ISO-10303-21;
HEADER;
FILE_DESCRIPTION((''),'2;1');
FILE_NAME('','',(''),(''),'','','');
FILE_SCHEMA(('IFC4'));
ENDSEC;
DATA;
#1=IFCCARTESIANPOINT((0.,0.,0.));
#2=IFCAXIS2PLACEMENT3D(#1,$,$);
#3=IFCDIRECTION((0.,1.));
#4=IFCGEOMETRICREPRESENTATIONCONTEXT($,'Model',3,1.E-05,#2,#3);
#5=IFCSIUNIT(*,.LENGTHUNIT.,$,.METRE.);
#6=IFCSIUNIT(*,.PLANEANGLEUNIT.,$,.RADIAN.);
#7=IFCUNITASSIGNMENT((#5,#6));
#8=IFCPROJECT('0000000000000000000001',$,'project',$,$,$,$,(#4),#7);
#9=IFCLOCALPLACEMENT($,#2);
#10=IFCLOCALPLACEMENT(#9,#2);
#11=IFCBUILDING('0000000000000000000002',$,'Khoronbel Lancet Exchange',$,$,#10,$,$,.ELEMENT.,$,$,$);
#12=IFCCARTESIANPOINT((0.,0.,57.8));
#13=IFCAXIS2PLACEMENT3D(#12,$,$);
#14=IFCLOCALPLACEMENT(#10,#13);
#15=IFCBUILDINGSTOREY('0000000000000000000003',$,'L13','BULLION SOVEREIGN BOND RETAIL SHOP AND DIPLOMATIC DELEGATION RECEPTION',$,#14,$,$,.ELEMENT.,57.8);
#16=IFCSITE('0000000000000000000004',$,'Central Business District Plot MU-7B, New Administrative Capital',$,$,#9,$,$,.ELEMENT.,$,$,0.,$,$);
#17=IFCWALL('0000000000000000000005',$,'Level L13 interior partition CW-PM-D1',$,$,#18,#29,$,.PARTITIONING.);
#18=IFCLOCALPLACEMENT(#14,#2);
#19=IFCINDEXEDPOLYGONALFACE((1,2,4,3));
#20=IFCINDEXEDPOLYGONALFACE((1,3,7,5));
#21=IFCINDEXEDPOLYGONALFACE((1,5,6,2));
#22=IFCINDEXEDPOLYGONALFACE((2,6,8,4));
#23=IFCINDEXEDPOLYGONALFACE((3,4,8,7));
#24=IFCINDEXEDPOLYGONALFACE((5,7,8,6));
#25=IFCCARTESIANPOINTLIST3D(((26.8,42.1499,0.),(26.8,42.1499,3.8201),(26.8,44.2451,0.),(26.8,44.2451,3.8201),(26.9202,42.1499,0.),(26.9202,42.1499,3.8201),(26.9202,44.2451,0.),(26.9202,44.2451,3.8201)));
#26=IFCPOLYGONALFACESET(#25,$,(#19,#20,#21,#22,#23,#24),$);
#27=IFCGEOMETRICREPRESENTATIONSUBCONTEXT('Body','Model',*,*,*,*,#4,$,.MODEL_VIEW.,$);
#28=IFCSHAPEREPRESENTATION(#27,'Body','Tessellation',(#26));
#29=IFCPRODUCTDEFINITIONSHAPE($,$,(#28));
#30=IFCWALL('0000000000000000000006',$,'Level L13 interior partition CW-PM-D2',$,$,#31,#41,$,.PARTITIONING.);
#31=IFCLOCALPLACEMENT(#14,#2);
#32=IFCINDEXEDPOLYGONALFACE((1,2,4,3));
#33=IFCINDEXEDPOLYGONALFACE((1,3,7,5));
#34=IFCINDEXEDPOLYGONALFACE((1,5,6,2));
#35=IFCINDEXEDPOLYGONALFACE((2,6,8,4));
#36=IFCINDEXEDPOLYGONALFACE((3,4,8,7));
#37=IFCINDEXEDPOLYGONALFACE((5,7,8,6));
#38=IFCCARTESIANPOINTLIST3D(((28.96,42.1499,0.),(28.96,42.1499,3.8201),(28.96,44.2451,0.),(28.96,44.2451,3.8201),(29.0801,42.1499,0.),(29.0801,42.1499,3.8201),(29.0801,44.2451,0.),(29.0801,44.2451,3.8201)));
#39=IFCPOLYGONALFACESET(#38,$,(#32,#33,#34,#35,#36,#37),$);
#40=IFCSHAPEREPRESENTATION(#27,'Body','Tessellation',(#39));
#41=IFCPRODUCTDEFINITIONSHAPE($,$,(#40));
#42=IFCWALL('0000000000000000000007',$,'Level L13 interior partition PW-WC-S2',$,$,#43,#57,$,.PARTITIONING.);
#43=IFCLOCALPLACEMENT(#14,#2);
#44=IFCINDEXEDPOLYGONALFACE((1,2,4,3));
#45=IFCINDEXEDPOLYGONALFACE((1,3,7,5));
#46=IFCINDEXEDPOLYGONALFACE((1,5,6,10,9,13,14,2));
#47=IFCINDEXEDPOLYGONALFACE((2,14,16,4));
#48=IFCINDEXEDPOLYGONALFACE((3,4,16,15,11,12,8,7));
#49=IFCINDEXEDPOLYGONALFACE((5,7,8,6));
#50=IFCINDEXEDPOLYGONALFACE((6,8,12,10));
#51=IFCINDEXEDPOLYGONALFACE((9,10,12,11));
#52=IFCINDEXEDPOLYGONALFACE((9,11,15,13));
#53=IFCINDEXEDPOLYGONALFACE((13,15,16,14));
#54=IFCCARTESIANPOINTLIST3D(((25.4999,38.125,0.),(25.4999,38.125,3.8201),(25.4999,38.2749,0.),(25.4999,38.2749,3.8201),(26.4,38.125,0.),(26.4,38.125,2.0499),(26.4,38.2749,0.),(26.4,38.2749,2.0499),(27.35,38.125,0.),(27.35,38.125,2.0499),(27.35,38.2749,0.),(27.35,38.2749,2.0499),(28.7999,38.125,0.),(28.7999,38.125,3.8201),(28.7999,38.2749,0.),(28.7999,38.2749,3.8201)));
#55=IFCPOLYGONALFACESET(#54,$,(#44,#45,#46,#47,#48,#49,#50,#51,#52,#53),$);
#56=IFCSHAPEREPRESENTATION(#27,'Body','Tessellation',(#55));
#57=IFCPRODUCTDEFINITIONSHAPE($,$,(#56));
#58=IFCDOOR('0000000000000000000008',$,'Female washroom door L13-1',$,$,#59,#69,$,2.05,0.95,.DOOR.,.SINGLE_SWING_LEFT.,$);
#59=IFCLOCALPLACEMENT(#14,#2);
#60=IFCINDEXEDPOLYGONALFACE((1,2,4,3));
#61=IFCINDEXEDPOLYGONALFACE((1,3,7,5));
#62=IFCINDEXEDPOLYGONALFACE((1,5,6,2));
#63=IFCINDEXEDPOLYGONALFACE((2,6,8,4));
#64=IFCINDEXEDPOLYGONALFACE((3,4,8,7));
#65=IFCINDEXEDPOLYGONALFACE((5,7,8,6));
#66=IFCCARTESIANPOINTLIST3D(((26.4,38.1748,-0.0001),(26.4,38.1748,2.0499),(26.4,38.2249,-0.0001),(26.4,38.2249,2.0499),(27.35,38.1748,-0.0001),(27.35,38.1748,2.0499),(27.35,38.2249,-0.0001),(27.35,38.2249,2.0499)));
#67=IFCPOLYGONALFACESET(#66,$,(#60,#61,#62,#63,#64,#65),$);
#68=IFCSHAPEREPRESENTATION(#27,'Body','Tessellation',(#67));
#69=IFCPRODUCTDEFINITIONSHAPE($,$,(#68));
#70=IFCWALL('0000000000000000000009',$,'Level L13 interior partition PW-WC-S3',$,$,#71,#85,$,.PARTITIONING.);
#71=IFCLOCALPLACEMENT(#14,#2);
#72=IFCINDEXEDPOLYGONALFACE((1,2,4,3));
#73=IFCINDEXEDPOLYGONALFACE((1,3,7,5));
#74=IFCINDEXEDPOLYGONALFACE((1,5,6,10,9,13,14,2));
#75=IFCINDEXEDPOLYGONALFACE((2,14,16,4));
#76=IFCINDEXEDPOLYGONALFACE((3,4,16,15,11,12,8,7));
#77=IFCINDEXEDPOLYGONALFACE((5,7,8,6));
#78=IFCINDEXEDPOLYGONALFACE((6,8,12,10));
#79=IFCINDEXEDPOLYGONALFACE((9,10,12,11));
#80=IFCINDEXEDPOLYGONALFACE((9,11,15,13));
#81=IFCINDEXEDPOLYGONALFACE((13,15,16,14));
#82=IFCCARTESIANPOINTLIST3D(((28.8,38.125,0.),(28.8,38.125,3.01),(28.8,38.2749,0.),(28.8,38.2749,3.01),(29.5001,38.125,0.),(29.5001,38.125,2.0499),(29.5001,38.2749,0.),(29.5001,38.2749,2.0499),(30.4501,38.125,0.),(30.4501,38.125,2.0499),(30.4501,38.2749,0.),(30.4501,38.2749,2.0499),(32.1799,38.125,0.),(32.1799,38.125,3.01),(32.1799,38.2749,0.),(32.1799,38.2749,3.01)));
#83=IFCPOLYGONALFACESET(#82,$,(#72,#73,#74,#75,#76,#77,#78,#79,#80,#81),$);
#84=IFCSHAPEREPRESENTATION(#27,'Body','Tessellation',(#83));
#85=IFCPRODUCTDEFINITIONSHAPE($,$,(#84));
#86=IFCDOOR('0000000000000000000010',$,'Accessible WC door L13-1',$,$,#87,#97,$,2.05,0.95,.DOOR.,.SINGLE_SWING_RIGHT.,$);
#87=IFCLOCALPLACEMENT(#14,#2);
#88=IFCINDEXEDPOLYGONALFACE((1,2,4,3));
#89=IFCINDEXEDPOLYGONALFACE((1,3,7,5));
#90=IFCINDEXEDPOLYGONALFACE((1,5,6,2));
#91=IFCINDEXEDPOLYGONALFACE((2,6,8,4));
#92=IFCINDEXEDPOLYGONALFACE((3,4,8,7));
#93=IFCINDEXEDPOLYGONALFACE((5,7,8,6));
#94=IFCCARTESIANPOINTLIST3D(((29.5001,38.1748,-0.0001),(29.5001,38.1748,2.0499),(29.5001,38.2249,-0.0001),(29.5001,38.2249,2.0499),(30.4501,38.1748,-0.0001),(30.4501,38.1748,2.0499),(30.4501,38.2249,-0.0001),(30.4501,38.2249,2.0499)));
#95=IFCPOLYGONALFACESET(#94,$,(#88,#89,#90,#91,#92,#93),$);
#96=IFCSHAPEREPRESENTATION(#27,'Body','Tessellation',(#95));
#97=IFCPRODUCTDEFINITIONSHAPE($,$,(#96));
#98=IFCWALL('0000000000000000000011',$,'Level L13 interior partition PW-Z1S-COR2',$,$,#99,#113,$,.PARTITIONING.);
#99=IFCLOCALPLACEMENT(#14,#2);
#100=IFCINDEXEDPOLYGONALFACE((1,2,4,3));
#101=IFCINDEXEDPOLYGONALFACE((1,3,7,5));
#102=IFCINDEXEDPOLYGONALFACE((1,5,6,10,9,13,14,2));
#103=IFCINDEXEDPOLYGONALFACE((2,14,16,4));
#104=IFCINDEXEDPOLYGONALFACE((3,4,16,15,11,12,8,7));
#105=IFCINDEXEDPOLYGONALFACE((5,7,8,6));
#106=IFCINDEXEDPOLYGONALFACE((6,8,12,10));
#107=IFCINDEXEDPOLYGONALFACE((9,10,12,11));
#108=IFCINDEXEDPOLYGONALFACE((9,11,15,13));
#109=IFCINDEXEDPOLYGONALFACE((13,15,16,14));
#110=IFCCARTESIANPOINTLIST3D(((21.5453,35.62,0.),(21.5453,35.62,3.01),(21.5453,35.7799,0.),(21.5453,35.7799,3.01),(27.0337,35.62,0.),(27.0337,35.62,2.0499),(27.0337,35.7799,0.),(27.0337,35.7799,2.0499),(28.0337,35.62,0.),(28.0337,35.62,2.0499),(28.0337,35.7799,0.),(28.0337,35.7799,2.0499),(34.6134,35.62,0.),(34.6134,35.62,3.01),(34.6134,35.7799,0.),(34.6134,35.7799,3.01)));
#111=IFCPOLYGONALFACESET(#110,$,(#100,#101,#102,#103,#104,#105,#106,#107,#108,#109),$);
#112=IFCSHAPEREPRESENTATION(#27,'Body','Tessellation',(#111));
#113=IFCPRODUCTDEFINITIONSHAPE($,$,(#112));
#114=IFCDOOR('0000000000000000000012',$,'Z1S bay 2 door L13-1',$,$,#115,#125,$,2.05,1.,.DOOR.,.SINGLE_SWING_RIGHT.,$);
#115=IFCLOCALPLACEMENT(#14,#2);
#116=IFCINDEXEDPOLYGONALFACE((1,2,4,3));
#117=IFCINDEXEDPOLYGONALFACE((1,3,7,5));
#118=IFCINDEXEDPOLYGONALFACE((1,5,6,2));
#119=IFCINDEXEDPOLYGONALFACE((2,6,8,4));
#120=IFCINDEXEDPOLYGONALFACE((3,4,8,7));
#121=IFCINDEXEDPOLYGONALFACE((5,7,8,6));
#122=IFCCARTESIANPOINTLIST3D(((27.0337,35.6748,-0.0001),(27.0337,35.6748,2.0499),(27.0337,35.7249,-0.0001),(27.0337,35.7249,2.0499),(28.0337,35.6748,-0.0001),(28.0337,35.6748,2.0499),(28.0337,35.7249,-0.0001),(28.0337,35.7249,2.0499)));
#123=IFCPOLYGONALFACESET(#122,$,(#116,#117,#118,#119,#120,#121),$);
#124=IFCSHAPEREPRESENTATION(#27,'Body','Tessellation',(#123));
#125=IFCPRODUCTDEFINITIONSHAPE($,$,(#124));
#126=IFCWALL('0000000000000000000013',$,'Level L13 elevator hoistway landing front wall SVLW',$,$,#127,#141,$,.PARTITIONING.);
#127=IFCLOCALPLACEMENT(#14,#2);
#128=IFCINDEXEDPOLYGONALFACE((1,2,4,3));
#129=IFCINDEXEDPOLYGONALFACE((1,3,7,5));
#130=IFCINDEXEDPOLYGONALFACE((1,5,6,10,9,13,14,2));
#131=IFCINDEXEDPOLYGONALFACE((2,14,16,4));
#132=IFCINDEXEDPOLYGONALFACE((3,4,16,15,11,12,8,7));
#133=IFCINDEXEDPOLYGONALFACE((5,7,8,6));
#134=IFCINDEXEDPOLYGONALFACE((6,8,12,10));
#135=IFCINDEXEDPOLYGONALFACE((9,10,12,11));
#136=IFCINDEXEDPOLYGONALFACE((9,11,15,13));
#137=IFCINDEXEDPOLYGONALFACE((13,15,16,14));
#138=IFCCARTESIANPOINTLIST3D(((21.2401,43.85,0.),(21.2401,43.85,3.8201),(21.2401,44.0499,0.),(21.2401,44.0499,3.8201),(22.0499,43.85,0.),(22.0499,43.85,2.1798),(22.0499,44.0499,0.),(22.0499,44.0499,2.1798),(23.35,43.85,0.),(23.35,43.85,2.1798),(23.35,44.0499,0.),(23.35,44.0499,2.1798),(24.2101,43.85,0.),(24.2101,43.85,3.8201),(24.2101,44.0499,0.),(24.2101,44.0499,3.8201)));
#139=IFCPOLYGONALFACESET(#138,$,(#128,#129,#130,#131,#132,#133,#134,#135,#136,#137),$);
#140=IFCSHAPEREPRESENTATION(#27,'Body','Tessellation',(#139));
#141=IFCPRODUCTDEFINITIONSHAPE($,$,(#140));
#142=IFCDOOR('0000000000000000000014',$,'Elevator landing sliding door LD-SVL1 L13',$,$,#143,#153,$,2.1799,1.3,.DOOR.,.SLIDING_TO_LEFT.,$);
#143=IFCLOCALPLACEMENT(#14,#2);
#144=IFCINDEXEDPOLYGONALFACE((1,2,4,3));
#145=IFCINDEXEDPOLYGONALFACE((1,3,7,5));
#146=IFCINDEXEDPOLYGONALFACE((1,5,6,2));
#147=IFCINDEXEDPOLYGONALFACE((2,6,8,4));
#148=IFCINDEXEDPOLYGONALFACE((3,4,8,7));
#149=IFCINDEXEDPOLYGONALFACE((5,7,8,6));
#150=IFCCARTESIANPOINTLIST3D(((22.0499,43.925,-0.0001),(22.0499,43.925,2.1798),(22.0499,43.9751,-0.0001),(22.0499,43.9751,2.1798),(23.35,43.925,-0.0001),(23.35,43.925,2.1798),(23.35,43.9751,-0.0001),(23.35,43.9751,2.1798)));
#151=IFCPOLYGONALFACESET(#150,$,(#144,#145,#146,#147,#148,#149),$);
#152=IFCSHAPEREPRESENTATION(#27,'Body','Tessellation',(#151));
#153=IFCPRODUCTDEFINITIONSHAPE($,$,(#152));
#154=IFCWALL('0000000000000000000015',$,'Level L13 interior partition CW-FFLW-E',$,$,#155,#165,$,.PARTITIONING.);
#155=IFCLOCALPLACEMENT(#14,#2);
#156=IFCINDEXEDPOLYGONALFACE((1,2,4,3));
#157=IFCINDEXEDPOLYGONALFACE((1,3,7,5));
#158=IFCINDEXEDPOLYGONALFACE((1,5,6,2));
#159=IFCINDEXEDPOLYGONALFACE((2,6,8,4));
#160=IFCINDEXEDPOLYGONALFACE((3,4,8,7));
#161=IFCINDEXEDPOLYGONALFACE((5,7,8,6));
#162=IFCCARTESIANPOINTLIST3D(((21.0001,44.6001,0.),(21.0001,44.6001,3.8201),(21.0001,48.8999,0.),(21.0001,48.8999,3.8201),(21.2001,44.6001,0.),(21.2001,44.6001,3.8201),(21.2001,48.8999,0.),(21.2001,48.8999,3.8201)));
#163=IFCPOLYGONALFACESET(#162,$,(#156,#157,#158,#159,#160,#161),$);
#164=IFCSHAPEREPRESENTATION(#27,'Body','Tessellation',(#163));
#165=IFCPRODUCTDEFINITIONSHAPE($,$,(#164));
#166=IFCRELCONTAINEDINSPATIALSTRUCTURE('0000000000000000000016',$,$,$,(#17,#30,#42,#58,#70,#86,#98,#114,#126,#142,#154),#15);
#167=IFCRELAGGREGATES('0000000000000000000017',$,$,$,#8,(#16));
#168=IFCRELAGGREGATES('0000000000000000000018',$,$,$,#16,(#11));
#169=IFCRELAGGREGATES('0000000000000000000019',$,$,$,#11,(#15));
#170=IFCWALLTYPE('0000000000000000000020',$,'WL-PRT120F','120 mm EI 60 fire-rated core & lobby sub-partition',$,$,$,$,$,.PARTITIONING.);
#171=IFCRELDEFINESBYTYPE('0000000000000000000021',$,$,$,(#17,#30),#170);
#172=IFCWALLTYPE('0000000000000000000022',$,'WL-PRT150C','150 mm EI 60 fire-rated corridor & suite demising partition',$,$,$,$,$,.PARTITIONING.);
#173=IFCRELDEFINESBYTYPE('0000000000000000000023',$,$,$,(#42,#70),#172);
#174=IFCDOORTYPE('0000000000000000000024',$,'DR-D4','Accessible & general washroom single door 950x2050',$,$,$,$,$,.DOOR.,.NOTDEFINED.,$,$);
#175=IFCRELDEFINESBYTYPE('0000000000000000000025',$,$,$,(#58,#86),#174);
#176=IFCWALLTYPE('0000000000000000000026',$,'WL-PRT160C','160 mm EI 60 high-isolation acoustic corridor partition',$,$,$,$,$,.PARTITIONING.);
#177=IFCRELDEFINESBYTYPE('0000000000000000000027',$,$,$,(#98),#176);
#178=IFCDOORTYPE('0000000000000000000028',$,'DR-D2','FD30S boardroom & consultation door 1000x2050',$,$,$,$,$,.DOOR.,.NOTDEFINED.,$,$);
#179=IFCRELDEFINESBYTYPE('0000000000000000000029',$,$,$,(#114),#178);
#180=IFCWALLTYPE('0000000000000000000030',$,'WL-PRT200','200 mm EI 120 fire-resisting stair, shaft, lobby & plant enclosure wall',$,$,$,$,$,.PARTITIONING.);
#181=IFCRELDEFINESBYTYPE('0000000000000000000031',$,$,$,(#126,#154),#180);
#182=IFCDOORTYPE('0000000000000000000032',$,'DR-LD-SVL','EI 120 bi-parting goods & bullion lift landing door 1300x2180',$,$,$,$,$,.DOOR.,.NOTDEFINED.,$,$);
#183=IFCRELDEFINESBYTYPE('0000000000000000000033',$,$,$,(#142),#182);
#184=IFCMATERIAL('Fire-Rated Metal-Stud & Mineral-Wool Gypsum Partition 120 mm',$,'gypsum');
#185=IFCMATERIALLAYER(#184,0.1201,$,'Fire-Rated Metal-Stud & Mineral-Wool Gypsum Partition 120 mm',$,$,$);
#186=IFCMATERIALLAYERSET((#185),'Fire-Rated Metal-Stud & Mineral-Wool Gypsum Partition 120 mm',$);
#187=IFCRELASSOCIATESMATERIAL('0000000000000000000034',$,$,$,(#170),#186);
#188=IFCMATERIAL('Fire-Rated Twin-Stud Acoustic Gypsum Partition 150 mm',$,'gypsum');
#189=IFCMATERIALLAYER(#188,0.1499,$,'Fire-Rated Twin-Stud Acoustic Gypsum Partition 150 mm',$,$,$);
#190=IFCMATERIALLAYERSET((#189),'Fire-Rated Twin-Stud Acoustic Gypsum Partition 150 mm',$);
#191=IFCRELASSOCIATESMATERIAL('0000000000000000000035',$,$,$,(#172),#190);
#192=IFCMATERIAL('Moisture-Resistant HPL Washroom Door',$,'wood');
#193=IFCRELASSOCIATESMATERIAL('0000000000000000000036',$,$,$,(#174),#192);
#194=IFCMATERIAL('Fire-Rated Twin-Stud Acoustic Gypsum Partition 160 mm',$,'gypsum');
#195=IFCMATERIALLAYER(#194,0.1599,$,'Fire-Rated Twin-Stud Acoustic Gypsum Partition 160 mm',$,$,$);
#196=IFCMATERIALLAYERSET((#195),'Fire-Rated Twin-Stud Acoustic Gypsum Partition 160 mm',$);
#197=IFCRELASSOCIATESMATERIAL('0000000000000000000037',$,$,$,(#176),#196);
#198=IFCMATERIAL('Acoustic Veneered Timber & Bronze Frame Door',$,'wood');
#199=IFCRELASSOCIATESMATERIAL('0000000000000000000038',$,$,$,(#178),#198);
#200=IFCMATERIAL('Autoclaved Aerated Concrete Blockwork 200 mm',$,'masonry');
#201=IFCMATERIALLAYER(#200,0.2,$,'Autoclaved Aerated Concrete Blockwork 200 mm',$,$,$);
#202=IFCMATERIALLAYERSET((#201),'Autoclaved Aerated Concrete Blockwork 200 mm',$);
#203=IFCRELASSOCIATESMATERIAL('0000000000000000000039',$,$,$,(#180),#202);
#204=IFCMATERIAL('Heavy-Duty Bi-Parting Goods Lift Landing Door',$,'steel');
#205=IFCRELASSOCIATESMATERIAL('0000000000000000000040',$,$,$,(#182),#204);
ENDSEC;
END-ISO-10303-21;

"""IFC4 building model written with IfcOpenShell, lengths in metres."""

from ifc_helpers import new_model, si_unit, direction, frame, frame_2d, origin, place, context, subcontext, project, spatial, rectangle, extrude, material, layer, layer_set, type_object, element, fill, save


model = new_model("IFC4")

# Units and contexts
model_context = context("Model", 3, precision=1e-05, world=origin(), true_north=direction((0.0, 1.0)))
body_context = subcontext(model_context, "Body", "Model", "MODEL_VIEW")
ifc_project = project(units=[si_unit("LENGTHUNIT", "METRE"), si_unit("PLANEANGLEUNIT", "RADIAN")], contexts=[model_context])

# Site, building, storey
site_placement = place(None, origin())
site = spatial("IfcSite", under=ifc_project, at=site_placement, Name="Central Business District Plot MU-7B, New Administrative Capital", CompositionType="ELEMENT", RefElevation=0.0)
building_placement = place(site_placement, origin())
building = spatial("IfcBuilding", under=site, at=building_placement, Name="Khoronbel Lancet Exchange", CompositionType="ELEMENT")
storey_placement = place(building_placement, frame((0.0, 0.0, 57.8)))
storey = spatial("IfcBuildingStorey", under=building, at=storey_placement, Name="L13", Description="BULLION SOVEREIGN BOND RETAIL SHOP AND DIPLOMATIC DELEGATION RECEPTION", CompositionType="ELEMENT", Elevation=57.8)

# Walls
ifc_material_1 = material(Name="Fire-Rated Metal-Stud & Mineral-Wool Gypsum Partition 120 mm", Category="gypsum")
ifc_layer_1 = layer(ifc_material_1, 0.1201, Name="Fire-Rated Metal-Stud & Mineral-Wool Gypsum Partition 120 mm")
ifc_layer_set_1 = layer_set([ifc_layer_1], Name="Fire-Rated Metal-Stud & Mineral-Wool Gypsum Partition 120 mm")
wall_type_1 = type_object("IfcWallType", Name="WL-PRT120F", Description="120 mm EI 60 fire-rated core & lobby sub-partition", PredefinedType="PARTITIONING", material=ifc_layer_set_1)
for number, where, z_axis, x_axis, name in (
    (1, (26.8601, 42.1499, 0.0), (0.0, 0.0, 1.0), (0.0, 1.0, 0.0), "Level L13 interior partition CW-PM-D1"),
    (2, (29.02, 42.1499, 0.0), (0.0, 0.0, 1.0), (0.0, 1.0, 0.0), "Level L13 interior partition CW-PM-D2"),
):
    element("IfcWall", number, at=place(storey_placement, frame(where, z_axis=z_axis, x_axis=x_axis)), inside=storey, type_object=wall_type_1, Name=name, PredefinedType="PARTITIONING", context=body_context, shape_type="SweptSolid", body=[
        extrude(rectangle(XDim=2.0952, YDim=0.1201, at=frame_2d((1.0476, 0.0))), origin(), (0.0, 0.0, 1.0), 3.8201),
    ])

# Walls, openings, doors
ifc_material_2 = material(Name="Fire-Rated Twin-Stud Acoustic Gypsum Partition 150 mm", Category="gypsum")
ifc_layer_2 = layer(ifc_material_2, 0.1499, Name="Fire-Rated Twin-Stud Acoustic Gypsum Partition 150 mm")
ifc_layer_set_2 = layer_set([ifc_layer_2], Name="Fire-Rated Twin-Stud Acoustic Gypsum Partition 150 mm")
wall_type_2 = type_object("IfcWallType", Name="WL-PRT150C", Description="150 mm EI 60 fire-rated corridor & suite demising partition", PredefinedType="PARTITIONING", material=ifc_layer_set_2)
wall_1_placement = place(storey_placement, frame((25.5, 38.2, 0.0), z_axis=(0.0, 0.0, 1.0), x_axis=(1.0, 0.0, 0.0)))
wall_1 = element("IfcWall", 3, at=wall_1_placement, inside=storey, type_object=wall_type_2, Name="Level L13 interior partition PW-WC-S2", PredefinedType="PARTITIONING", context=body_context, shape_type="SweptSolid", body=[
    extrude(rectangle(XDim=3.3, YDim=0.1499, at=frame_2d((1.6499, 0.0))), origin(), (0.0, 0.0, 1.0), 3.8201),
])
opening_1_placement = place(wall_1_placement, frame((0.8999, 0.0, 0.0)))
opening_1 = element("IfcOpeningElement", 4, at=opening_1_placement, cuts=wall_1, PredefinedType="OPENING", context=body_context, shape_type="SweptSolid", body=[
    extrude(rectangle(XDim=0.95, YDim=2.05, at=frame_2d((0.4751, 1.0249))), frame((0.0, 0.085, 0.0), z_axis=(0.0, -1.0, 0.0), x_axis=(1.0, 0.0, 0.0)), (0.0, 0.0, 1.0), 0.1699),
])
ifc_material_3 = material(Name="Moisture-Resistant HPL Washroom Door", Category="wood")
door_type_1 = type_object("IfcDoorType", Name="DR-D4", Description="Accessible & general washroom single door 950x2050", OperationType="NOTDEFINED", PredefinedType="DOOR", material=ifc_material_3)
door_1_placement = place(opening_1_placement, origin())
door_1 = element("IfcDoor", 5, at=door_1_placement, inside=storey, type_object=door_type_1, Name="Female washroom door L13-1", OperationType="SINGLE_SWING_LEFT", OverallHeight=2.05, OverallWidth=0.95, PredefinedType="DOOR", context=body_context, shape_type="SweptSolid", body=[
    extrude(rectangle(XDim=0.95, YDim=2.05, at=frame_2d((0.4751, 1.0249))), frame((0.0, 0.0249, 0.0), z_axis=(0.0, -1.0, 0.0), x_axis=(1.0, 0.0, 0.0)), (0.0, 0.0, 1.0), 0.05),
])
fill(opening_1, door_1)
wall_2_placement = place(storey_placement, frame((28.8, 38.2, 0.0), z_axis=(0.0, 0.0, 1.0), x_axis=(1.0, 0.0, 0.0)))
wall_2 = element("IfcWall", 6, at=wall_2_placement, inside=storey, type_object=wall_type_2, Name="Level L13 interior partition PW-WC-S3", PredefinedType="PARTITIONING", context=body_context, shape_type="SweptSolid", body=[
    extrude(rectangle(XDim=3.3799, YDim=0.1499, at=frame_2d((1.6899, 0.0))), origin(), (0.0, 0.0, 1.0), 3.01),
])
opening_2_placement = place(wall_2_placement, frame((0.7, 0.0, 0.0)))
opening_2 = element("IfcOpeningElement", 7, at=opening_2_placement, cuts=wall_2, PredefinedType="OPENING", context=body_context, shape_type="SweptSolid", body=[
    extrude(rectangle(XDim=0.95, YDim=2.05, at=frame_2d((0.4751, 1.0249))), frame((0.0, 0.085, 0.0), z_axis=(0.0, -1.0, 0.0), x_axis=(1.0, 0.0, 0.0)), (0.0, 0.0, 1.0), 0.1699),
])
door_2_placement = place(opening_2_placement, origin())
door_2 = element("IfcDoor", 8, at=door_2_placement, inside=storey, type_object=door_type_1, Name="Accessible WC door L13-1", OperationType="SINGLE_SWING_RIGHT", OverallHeight=2.05, OverallWidth=0.95, PredefinedType="DOOR", context=body_context, shape_type="SweptSolid", body=[
    extrude(rectangle(XDim=0.95, YDim=2.05, at=frame_2d((0.4751, 1.0249))), frame((0.0, 0.0249, 0.0), z_axis=(0.0, -1.0, 0.0), x_axis=(1.0, 0.0, 0.0)), (0.0, 0.0, 1.0), 0.05),
])
fill(opening_2, door_2)
ifc_material_4 = material(Name="Fire-Rated Twin-Stud Acoustic Gypsum Partition 160 mm", Category="gypsum")
ifc_layer_3 = layer(ifc_material_4, 0.1599, Name="Fire-Rated Twin-Stud Acoustic Gypsum Partition 160 mm")
ifc_layer_set_3 = layer_set([ifc_layer_3], Name="Fire-Rated Twin-Stud Acoustic Gypsum Partition 160 mm")
wall_type_3 = type_object("IfcWallType", Name="WL-PRT160C", Description="160 mm EI 60 high-isolation acoustic corridor partition", PredefinedType="PARTITIONING", material=ifc_layer_set_3)
wall_3_placement = place(storey_placement, frame((21.5452, 35.7, 0.0), z_axis=(0.0, 0.0, 1.0), x_axis=(1.0, 0.0, 0.0)))
wall_3 = element("IfcWall", 9, at=wall_3_placement, inside=storey, type_object=wall_type_3, Name="Level L13 interior partition PW-Z1S-COR2", PredefinedType="PARTITIONING", context=body_context, shape_type="SweptSolid", body=[
    extrude(rectangle(XDim=13.0681, YDim=0.1599, at=frame_2d((6.5342, 0.0))), origin(), (0.0, 0.0, 1.0), 3.01),
])
opening_3_placement = place(wall_3_placement, frame((5.4885, 0.0, 0.0)))
opening_3 = element("IfcOpeningElement", 10, at=opening_3_placement, cuts=wall_3, PredefinedType="OPENING", context=body_context, shape_type="SweptSolid", body=[
    extrude(rectangle(XDim=1.0, YDim=2.05, at=frame_2d((0.5, 1.0249))), frame((0.0, 0.0898, 0.0), z_axis=(0.0, -1.0, 0.0), x_axis=(1.0, 0.0, 0.0)), (0.0, 0.0, 1.0), 0.1799),
])
ifc_material_5 = material(Name="Acoustic Veneered Timber & Bronze Frame Door", Category="wood")
door_type_2 = type_object("IfcDoorType", Name="DR-D2", Description="FD30S boardroom & consultation door 1000x2050", OperationType="NOTDEFINED", PredefinedType="DOOR", material=ifc_material_5)
door_3_placement = place(opening_3_placement, origin())
door_3 = element("IfcDoor", 11, at=door_3_placement, inside=storey, type_object=door_type_2, Name="Z1S bay 2 door L13-1", OperationType="SINGLE_SWING_RIGHT", OverallHeight=2.05, OverallWidth=1.0, PredefinedType="DOOR", context=body_context, shape_type="SweptSolid", body=[
    extrude(rectangle(XDim=1.0, YDim=2.05, at=frame_2d((0.5, 1.0249))), frame((0.0, 0.0249, 0.0), z_axis=(0.0, -1.0, 0.0), x_axis=(1.0, 0.0, 0.0)), (0.0, 0.0, 1.0), 0.05),
])
fill(opening_3, door_3)
ifc_material_6 = material(Name="Autoclaved Aerated Concrete Blockwork 200 mm", Category="masonry")
ifc_layer_4 = layer(ifc_material_6, 0.2, Name="Autoclaved Aerated Concrete Blockwork 200 mm")
ifc_layer_set_4 = layer_set([ifc_layer_4], Name="Autoclaved Aerated Concrete Blockwork 200 mm")
wall_type_4 = type_object("IfcWallType", Name="WL-PRT200", Description="200 mm EI 120 fire-resisting stair, shaft, lobby & plant enclosure wall", PredefinedType="PARTITIONING", material=ifc_layer_set_4)
wall_4_placement = place(storey_placement, frame((24.21, 43.95, 0.0), z_axis=(0.0, 0.0, 1.0), x_axis=(-1.0, 0.0, 0.0)))
wall_4 = element("IfcWall", 12, at=wall_4_placement, inside=storey, type_object=wall_type_4, Name="Level L13 elevator hoistway landing front wall SVLW", PredefinedType="PARTITIONING", context=body_context, shape_type="SweptSolid", body=[
    extrude(rectangle(XDim=2.97, YDim=0.2, at=frame_2d((1.4849, 0.0))), origin(), (0.0, 0.0, 1.0), 3.8201),
])
opening_4_placement = place(wall_4_placement, frame((0.8601, 0.0, 0.0)))
opening_4 = element("IfcOpeningElement", 13, at=opening_4_placement, cuts=wall_4, PredefinedType="OPENING", context=body_context, shape_type="SweptSolid", body=[
    extrude(rectangle(XDim=1.3, YDim=2.1799, at=frame_2d((0.6499, 1.0898))), frame((0.0, 0.1099, 0.0), z_axis=(0.0, -1.0, 0.0), x_axis=(1.0, 0.0, 0.0)), (0.0, 0.0, 1.0), 0.22),
])
ifc_material_7 = material(Name="Heavy-Duty Bi-Parting Goods Lift Landing Door", Category="steel")
door_type_3 = type_object("IfcDoorType", Name="DR-LD-SVL", Description="EI 120 bi-parting goods & bullion lift landing door 1300x2180", OperationType="NOTDEFINED", PredefinedType="DOOR", material=ifc_material_7)
door_4_placement = place(opening_4_placement, origin())
door_4 = element("IfcDoor", 14, at=door_4_placement, inside=storey, type_object=door_type_3, Name="Elevator landing sliding door LD-SVL1 L13", OperationType="SLIDING_TO_LEFT", OverallHeight=2.1799, OverallWidth=1.3, PredefinedType="DOOR", context=body_context, shape_type="SweptSolid", body=[
    extrude(rectangle(XDim=1.3, YDim=2.1799, at=frame_2d((0.6499, 1.0898))), frame((0.0, 0.0249, 0.0), z_axis=(0.0, -1.0, 0.0), x_axis=(1.0, 0.0, 0.0)), (0.0, 0.0, 1.0), 0.05),
])
fill(opening_4, door_4)

# Wall
wall_5_placement = place(storey_placement, frame((21.1001, 44.6001, 0.0), z_axis=(0.0, 0.0, 1.0), x_axis=(0.0, 1.0, 0.0)))
element("IfcWall", 15, at=wall_5_placement, inside=storey, type_object=wall_type_4, Name="Level L13 interior partition CW-FFLW-E", PredefinedType="PARTITIONING", context=body_context, shape_type="SweptSolid", body=[
    extrude(rectangle(XDim=4.2998, YDim=0.2, at=frame_2d((2.1499, 0.0))), origin(), (0.0, 0.0, 1.0), 3.8201),
])

save(model, "model.ifc")
